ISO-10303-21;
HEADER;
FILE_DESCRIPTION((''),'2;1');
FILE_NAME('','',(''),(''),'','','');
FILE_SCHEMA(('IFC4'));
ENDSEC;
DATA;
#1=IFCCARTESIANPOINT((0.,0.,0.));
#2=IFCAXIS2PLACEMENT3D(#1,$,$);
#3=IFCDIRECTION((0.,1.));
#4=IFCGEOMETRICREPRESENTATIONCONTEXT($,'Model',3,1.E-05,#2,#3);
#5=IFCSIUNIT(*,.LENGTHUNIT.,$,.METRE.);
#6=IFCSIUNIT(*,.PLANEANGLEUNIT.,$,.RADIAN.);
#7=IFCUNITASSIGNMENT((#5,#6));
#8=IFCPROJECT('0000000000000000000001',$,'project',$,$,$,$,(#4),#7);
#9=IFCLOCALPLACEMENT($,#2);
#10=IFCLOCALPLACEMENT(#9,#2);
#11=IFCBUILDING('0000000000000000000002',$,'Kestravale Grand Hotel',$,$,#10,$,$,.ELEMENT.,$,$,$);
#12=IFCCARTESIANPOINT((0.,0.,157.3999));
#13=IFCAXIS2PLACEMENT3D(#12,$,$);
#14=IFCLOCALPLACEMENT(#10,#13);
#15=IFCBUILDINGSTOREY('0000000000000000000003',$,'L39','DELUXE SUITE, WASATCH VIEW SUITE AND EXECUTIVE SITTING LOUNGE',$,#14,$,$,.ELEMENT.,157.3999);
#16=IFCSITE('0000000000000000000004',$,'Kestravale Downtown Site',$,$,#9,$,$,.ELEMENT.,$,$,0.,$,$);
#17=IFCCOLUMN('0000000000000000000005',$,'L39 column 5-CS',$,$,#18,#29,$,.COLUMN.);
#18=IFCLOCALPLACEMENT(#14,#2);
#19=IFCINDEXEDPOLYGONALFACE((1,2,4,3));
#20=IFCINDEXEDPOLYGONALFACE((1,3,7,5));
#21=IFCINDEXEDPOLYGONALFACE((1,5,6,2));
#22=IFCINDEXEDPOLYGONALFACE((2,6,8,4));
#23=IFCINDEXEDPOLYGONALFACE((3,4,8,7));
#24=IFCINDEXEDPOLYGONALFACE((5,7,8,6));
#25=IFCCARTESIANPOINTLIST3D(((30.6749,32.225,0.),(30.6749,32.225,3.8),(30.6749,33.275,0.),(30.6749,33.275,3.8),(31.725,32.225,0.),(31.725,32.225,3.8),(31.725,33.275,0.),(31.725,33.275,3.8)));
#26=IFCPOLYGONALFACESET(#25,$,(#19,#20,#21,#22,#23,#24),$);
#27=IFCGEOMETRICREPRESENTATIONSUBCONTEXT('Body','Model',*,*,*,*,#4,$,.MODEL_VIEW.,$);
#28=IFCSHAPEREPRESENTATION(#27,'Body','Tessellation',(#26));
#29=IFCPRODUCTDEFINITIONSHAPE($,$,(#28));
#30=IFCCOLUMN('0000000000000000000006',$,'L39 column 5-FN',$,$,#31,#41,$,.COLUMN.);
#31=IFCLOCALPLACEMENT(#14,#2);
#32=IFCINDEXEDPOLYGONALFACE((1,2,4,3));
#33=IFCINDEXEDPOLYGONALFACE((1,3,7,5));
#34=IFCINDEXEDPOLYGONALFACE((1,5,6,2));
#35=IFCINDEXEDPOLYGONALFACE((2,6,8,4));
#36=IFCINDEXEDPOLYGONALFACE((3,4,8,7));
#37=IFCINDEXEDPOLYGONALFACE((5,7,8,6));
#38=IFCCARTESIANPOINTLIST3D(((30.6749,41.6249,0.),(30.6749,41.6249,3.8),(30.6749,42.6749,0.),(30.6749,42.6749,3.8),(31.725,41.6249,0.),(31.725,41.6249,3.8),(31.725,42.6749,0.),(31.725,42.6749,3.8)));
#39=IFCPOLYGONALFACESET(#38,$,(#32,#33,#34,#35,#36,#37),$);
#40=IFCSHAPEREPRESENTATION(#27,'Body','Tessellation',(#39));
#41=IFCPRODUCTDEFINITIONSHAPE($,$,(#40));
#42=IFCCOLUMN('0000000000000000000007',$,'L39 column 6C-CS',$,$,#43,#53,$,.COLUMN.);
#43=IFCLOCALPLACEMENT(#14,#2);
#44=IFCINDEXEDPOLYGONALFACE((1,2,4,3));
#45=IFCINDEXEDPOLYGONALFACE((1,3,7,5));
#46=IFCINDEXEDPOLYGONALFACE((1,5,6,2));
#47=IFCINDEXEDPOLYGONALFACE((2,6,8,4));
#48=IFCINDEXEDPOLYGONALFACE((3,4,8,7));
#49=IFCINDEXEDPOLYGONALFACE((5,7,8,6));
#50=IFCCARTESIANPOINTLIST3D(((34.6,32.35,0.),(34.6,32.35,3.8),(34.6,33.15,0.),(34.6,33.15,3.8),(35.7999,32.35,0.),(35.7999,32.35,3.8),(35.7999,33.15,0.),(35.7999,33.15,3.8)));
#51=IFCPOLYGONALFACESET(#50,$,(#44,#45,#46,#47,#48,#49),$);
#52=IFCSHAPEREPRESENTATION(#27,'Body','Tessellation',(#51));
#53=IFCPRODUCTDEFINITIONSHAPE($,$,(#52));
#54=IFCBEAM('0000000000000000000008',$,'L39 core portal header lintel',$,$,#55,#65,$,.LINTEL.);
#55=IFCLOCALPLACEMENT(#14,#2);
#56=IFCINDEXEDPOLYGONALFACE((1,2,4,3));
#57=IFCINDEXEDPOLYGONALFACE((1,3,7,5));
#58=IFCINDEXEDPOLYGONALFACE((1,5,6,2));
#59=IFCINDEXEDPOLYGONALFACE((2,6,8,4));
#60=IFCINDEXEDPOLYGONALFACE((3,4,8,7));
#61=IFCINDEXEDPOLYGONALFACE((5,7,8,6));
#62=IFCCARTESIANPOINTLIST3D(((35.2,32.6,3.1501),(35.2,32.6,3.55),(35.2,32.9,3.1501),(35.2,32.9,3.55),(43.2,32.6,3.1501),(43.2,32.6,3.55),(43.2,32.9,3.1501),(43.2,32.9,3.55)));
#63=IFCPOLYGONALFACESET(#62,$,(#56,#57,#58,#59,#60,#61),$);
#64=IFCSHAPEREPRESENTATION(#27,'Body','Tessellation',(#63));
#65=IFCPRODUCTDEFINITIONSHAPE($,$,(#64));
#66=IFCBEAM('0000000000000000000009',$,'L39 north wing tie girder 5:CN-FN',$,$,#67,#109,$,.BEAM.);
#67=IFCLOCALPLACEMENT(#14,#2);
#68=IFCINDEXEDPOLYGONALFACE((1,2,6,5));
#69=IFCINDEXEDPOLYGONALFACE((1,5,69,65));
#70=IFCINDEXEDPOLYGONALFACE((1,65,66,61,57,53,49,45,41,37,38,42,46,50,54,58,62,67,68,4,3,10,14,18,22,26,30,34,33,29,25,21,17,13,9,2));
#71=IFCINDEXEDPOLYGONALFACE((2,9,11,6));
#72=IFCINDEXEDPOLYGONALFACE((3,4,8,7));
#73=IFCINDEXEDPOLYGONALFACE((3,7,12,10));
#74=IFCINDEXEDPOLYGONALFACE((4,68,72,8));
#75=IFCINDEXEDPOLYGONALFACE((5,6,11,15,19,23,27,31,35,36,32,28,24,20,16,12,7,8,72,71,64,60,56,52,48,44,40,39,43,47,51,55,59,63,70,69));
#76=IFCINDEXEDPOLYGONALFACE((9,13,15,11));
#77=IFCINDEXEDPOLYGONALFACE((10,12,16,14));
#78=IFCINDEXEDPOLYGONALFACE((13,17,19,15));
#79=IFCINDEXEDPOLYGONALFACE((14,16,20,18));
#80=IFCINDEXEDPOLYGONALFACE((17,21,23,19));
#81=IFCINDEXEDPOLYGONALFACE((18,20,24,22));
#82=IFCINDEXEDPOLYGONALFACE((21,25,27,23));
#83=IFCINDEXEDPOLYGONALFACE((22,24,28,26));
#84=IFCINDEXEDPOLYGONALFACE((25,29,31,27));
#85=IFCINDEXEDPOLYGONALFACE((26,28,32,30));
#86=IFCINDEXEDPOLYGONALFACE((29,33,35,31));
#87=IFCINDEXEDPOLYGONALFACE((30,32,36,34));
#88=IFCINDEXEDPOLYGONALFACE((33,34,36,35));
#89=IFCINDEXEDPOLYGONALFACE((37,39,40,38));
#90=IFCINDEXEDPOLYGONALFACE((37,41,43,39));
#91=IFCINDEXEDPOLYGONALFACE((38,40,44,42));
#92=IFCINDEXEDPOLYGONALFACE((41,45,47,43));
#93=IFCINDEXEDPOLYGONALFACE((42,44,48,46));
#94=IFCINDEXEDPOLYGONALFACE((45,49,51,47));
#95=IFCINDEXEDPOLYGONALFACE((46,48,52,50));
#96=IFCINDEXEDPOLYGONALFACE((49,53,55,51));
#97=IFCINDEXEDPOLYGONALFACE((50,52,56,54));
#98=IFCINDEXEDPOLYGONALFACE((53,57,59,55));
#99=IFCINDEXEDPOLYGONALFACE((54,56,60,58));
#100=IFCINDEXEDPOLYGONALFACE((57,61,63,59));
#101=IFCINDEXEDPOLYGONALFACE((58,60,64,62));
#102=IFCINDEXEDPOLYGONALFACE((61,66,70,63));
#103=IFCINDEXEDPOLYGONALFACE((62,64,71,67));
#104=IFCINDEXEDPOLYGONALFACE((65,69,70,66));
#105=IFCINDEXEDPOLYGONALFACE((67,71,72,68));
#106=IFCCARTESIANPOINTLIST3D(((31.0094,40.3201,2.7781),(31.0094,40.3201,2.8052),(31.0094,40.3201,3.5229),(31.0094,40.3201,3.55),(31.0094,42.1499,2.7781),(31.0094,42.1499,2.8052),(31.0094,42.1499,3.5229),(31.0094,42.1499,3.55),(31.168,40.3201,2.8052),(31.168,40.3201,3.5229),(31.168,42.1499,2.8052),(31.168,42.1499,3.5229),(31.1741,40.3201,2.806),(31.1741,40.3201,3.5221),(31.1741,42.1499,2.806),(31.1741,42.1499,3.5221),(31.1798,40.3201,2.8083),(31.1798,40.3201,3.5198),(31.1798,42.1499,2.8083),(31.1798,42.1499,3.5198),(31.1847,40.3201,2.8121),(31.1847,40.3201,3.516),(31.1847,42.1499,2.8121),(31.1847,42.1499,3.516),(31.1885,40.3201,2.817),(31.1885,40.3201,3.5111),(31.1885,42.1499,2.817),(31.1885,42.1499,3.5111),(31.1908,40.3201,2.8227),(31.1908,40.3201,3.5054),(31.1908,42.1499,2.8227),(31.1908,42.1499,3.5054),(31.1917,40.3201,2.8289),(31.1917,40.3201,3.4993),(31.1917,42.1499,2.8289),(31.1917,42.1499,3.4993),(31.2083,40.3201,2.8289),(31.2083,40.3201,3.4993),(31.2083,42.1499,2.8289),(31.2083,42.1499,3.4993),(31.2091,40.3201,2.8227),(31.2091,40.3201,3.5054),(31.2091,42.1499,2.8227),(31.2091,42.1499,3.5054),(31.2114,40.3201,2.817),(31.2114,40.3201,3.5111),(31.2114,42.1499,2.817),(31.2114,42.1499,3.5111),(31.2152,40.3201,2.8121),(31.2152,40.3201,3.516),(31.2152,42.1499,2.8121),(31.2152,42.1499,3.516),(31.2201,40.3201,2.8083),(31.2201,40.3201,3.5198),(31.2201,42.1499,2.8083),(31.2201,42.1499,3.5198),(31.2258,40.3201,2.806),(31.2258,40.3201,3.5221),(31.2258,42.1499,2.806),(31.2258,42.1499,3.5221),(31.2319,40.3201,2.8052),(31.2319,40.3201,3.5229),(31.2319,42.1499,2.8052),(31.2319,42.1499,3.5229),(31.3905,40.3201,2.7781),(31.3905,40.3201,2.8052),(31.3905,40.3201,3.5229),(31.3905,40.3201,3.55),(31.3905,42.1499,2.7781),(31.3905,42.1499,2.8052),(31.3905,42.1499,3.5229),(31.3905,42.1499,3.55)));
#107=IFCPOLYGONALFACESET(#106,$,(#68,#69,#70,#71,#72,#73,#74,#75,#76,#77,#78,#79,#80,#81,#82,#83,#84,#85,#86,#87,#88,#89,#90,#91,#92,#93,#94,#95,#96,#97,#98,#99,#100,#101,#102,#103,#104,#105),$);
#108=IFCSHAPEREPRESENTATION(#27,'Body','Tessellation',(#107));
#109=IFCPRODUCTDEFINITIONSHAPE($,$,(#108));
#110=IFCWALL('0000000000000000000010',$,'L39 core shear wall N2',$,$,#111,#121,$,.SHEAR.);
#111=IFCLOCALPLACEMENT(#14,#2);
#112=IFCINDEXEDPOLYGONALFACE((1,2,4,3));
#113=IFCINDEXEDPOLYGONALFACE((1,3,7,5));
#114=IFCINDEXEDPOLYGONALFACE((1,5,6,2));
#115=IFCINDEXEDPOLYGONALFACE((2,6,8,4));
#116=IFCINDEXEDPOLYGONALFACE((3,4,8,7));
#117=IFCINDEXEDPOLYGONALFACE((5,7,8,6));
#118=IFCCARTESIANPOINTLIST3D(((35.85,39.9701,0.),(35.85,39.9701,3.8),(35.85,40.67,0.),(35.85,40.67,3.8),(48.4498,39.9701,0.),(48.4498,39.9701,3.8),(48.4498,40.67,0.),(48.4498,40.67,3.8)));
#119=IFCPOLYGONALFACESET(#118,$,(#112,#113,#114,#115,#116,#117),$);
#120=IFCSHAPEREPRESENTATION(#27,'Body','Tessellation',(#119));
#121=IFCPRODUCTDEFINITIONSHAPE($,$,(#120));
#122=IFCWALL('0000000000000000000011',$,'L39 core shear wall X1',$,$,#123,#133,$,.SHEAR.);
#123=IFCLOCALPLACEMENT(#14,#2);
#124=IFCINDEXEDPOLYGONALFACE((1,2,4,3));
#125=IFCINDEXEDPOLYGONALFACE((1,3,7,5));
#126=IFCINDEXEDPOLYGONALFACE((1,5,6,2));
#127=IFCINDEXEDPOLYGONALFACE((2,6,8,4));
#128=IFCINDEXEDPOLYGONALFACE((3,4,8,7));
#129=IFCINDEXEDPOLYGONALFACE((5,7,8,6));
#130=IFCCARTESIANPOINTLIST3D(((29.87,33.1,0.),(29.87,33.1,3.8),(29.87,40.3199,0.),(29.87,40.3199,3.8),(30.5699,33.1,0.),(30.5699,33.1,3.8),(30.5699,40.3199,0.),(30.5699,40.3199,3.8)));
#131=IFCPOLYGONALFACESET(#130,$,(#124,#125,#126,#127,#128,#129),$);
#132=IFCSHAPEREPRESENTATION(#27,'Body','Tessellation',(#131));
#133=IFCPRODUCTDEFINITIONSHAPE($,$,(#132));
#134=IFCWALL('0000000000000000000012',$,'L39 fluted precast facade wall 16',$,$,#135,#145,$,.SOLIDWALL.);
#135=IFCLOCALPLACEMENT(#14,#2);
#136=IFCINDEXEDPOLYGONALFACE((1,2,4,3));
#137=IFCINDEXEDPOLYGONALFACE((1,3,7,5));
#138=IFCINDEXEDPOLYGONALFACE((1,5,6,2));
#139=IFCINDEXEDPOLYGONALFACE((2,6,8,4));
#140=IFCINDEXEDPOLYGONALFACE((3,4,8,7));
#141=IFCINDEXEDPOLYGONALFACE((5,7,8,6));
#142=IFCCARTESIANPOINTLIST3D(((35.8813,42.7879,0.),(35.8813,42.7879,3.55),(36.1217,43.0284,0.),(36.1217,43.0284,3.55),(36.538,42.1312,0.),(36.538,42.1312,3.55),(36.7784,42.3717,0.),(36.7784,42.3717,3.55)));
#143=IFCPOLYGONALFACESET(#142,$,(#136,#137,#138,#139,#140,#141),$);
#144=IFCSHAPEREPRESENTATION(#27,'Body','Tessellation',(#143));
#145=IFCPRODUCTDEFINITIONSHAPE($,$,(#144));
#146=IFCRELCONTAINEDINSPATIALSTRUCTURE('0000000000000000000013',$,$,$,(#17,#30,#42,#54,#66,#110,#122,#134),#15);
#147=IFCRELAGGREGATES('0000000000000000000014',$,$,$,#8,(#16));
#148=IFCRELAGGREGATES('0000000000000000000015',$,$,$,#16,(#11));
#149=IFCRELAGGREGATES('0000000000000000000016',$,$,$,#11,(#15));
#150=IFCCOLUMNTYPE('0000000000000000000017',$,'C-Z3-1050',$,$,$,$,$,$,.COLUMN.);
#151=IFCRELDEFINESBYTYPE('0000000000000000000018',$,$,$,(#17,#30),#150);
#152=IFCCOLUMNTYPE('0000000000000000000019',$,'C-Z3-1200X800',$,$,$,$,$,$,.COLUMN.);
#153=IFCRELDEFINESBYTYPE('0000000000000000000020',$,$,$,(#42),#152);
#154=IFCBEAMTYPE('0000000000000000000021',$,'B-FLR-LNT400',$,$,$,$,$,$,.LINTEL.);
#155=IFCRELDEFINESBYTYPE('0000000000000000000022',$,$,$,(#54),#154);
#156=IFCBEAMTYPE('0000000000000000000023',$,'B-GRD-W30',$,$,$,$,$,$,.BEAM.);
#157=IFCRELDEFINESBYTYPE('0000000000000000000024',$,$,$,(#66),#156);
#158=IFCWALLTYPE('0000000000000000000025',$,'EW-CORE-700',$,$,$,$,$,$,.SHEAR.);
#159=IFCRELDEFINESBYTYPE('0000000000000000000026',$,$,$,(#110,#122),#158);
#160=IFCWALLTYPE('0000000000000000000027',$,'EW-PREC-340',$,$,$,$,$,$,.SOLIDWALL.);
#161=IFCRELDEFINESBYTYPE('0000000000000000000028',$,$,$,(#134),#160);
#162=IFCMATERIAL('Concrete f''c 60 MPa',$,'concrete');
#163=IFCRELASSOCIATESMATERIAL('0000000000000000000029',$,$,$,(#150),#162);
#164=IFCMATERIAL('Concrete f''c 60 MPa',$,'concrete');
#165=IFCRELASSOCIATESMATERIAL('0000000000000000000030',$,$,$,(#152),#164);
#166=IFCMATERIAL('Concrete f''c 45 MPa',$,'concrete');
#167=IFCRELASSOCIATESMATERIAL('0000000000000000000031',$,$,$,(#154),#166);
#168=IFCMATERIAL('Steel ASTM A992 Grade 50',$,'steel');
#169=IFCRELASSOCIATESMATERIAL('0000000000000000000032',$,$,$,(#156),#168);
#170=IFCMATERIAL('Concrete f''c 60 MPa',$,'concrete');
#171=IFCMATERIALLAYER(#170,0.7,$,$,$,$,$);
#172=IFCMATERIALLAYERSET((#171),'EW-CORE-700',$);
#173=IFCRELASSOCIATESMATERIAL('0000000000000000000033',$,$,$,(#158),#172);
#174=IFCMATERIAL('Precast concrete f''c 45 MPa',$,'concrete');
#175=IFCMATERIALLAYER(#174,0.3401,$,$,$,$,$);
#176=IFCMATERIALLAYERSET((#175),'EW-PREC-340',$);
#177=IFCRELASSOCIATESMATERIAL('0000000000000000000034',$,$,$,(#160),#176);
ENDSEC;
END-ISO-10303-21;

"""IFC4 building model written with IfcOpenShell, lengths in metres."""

from ifc_helpers import new_model, si_unit, direction, frame, frame_2d, origin, origin_2d, place, context, subcontext, project, spatial, rectangle, i_section, extrude, material, layer, layer_set, material_profile, profile_set, type_object, element, save


model = new_model("IFC4")

# Units and contexts
model_context = context("Model", 3, precision=1e-05, world=origin(), true_north=direction((0.0, 1.0)))
body_context = subcontext(model_context, "Body", "Model", "MODEL_VIEW")
ifc_project = project(units=[si_unit("LENGTHUNIT", "METRE"), si_unit("PLANEANGLEUNIT", "RADIAN")], contexts=[model_context])

# Site, building, storey
site_placement = place(None, origin())
site = spatial("IfcSite", under=ifc_project, at=site_placement, Name="Kestravale Downtown Site", CompositionType="ELEMENT", RefElevation=0.0)
building_placement = place(site_placement, origin())
building = spatial("IfcBuilding", under=site, at=building_placement, Name="Kestravale Grand Hotel", CompositionType="ELEMENT")
storey_placement = place(building_placement, frame((0.0, 0.0, 157.3999)))
storey = spatial("IfcBuildingStorey", under=building, at=storey_placement, Name="L39", Description="DELUXE SUITE, WASATCH VIEW SUITE AND EXECUTIVE SITTING LOUNGE", CompositionType="ELEMENT", Elevation=157.3999)

# Columns
ifc_material_1 = material(Name="Concrete f'c 60 MPa", Category="concrete")
ifc_material_profile_1 = material_profile(ifc_material_1, rectangle(XDim=1.05, YDim=1.05, at=origin_2d()))
ifc_profile_set_1 = profile_set([ifc_material_profile_1], Name="Concrete f'c 60 MPa")
column_type_1 = type_object("IfcColumnType", Name="C-Z3-1050", PredefinedType="COLUMN", material=ifc_profile_set_1)
for number, where, z_axis, x_axis, name in (
    (1, (31.2, 32.75, 0.0), (0.0, 0.0, 1.0), (1.0, 0.0, 0.0), "L39 column 5-CS"),
    (2, (31.2, 42.1499, 0.0), (0.0, 0.0, 1.0), (1.0, 0.0, 0.0), "L39 column 5-FN"),
):
    element("IfcColumn", number, at=place(storey_placement, frame(where, z_axis=z_axis, x_axis=x_axis)), inside=storey, type_object=column_type_1, Name=name, PredefinedType="COLUMN", context=body_context, shape_type="SweptSolid", body=[
        extrude(rectangle(XDim=1.05, YDim=1.05, at=origin_2d()), origin(), (0.0, 0.0, 1.0), 3.8),
    ])
ifc_material_2 = material(Name="Concrete f'c 60 MPa", Category="concrete")
ifc_material_profile_2 = material_profile(ifc_material_2, rectangle(XDim=1.2, YDim=0.8, at=origin_2d()))
ifc_profile_set_2 = profile_set([ifc_material_profile_2], Name="Concrete f'c 60 MPa")
column_type_2 = type_object("IfcColumnType", Name="C-Z3-1200X800", PredefinedType="COLUMN", material=ifc_profile_set_2)
column_placement = place(storey_placement, frame((35.2, 32.75, 0.0), z_axis=(0.0, 0.0, 1.0), x_axis=(1.0, 0.0, 0.0)))
element("IfcColumn", 3, at=column_placement, inside=storey, type_object=column_type_2, Name="L39 column 6C-CS", PredefinedType="COLUMN", context=body_context, shape_type="SweptSolid", body=[
    extrude(rectangle(XDim=1.2, YDim=0.8, at=origin_2d()), origin(), (0.0, 0.0, 1.0), 3.8),
])

# Beams
ifc_material_3 = material(Name="Concrete f'c 45 MPa", Category="concrete")
ifc_material_profile_3 = material_profile(ifc_material_3, rectangle(XDim=0.3, YDim=0.3999, at=origin_2d()))
ifc_profile_set_3 = profile_set([ifc_material_profile_3], Name="Concrete f'c 45 MPa")
beam_type_1 = type_object("IfcBeamType", Name="B-FLR-LNT400", PredefinedType="LINTEL", material=ifc_profile_set_3)
beam_1_placement = place(storey_placement, frame((35.2, 32.75, 3.3501), z_axis=(1.0, 0.0, 0.0), x_axis=(0.0, 1.0, 0.0)))
element("IfcBeam", 4, at=beam_1_placement, inside=storey, type_object=beam_type_1, Name="L39 core portal header lintel", PredefinedType="LINTEL", context=body_context, shape_type="SweptSolid", body=[
    extrude(rectangle(XDim=0.3, YDim=0.3999, at=origin_2d()), origin(), (0.0, 0.0, 1.0), 8.0),
])
ifc_material_4 = material(Name="Steel ASTM A992 Grade 50", Category="steel")
ifc_material_profile_4 = material_profile(ifc_material_4, i_section(OverallWidth=0.3811, OverallDepth=0.772, WebThickness=0.0166, FlangeThickness=0.0271, FilletRadius=0.0237, at=origin_2d()))
ifc_profile_set_4 = profile_set([ifc_material_profile_4], Name="Steel ASTM A992 Grade 50")
beam_type_2 = type_object("IfcBeamType", Name="B-GRD-W30", PredefinedType="BEAM", material=ifc_profile_set_4)
beam_2_placement = place(storey_placement, frame((31.2, 40.3201, 3.1641), z_axis=(0.0, 1.0, 0.0), x_axis=(-1.0, 0.0, 0.0)))
element("IfcBeam", 5, at=beam_2_placement, inside=storey, type_object=beam_type_2, Name="L39 north wing tie girder 5:CN-FN", PredefinedType="BEAM", context=body_context, shape_type="SweptSolid", body=[
    extrude(i_section(OverallWidth=0.3811, OverallDepth=0.772, WebThickness=0.0166, FlangeThickness=0.0271, FilletRadius=0.0237, at=origin_2d()), origin(), (0.0, 0.0, 1.0), 1.8298),
])

# Walls
ifc_material_5 = material(Name="Concrete f'c 60 MPa", Category="concrete")
ifc_layer_1 = layer(ifc_material_5, 0.7)
ifc_layer_set_1 = layer_set([ifc_layer_1], Name="EW-CORE-700")
wall_type_1 = type_object("IfcWallType", Name="EW-CORE-700", PredefinedType="SHEAR", material=ifc_layer_set_1)
wall_1_placement = place(storey_placement, frame((35.8501, 40.3201, 0.0), z_axis=(0.0, 0.0, 1.0), x_axis=(1.0, 0.0, 0.0)))
element("IfcWall", 6, at=wall_1_placement, inside=storey, type_object=wall_type_1, Name="L39 core shear wall N2", PredefinedType="SHEAR", context=body_context, shape_type="SweptSolid", body=[
    extrude(rectangle(XDim=12.5999, YDim=0.7, at=frame_2d((6.2998, 0.0))), origin(), (0.0, 0.0, 1.0), 3.8),
])
wall_2_placement = place(storey_placement, frame((30.22, 33.1001, 0.0), z_axis=(0.0, 0.0, 1.0), x_axis=(0.0, 1.0, 0.0)))
element("IfcWall", 7, at=wall_2_placement, inside=storey, type_object=wall_type_1, Name="L39 core shear wall X1", PredefinedType="SHEAR", context=body_context, shape_type="SweptSolid", body=[
    extrude(rectangle(XDim=7.22, YDim=0.7, at=frame_2d((3.6099, 0.0))), origin(), (0.0, 0.0, 1.0), 3.8),
])

# Wall
ifc_material_6 = material(Name="Precast concrete f'c 45 MPa", Category="concrete")
ifc_layer_2 = layer(ifc_material_6, 0.3401)
ifc_layer_set_2 = layer_set([ifc_layer_2], Name="EW-PREC-340")
wall_type_2 = type_object("IfcWallType", Name="EW-PREC-340", PredefinedType="SOLIDWALL", material=ifc_layer_set_2)
wall_3_placement = place(storey_placement, frame((36.6582, 42.2515, 0.0), z_axis=(0.0, 0.0, 1.0), x_axis=(-0.707107, 0.707107, 0.0)))
element("IfcWall", 8, at=wall_3_placement, inside=storey, type_object=wall_type_2, Name="L39 fluted precast facade wall 16", PredefinedType="SOLIDWALL", context=body_context, shape_type="SweptSolid", body=[
    extrude(rectangle(XDim=0.9287, YDim=0.3401, at=frame_2d((0.4644, 0.0))), origin(), (0.0, 0.0, 1.0), 3.55),
])

save(model, "model.ifc")
